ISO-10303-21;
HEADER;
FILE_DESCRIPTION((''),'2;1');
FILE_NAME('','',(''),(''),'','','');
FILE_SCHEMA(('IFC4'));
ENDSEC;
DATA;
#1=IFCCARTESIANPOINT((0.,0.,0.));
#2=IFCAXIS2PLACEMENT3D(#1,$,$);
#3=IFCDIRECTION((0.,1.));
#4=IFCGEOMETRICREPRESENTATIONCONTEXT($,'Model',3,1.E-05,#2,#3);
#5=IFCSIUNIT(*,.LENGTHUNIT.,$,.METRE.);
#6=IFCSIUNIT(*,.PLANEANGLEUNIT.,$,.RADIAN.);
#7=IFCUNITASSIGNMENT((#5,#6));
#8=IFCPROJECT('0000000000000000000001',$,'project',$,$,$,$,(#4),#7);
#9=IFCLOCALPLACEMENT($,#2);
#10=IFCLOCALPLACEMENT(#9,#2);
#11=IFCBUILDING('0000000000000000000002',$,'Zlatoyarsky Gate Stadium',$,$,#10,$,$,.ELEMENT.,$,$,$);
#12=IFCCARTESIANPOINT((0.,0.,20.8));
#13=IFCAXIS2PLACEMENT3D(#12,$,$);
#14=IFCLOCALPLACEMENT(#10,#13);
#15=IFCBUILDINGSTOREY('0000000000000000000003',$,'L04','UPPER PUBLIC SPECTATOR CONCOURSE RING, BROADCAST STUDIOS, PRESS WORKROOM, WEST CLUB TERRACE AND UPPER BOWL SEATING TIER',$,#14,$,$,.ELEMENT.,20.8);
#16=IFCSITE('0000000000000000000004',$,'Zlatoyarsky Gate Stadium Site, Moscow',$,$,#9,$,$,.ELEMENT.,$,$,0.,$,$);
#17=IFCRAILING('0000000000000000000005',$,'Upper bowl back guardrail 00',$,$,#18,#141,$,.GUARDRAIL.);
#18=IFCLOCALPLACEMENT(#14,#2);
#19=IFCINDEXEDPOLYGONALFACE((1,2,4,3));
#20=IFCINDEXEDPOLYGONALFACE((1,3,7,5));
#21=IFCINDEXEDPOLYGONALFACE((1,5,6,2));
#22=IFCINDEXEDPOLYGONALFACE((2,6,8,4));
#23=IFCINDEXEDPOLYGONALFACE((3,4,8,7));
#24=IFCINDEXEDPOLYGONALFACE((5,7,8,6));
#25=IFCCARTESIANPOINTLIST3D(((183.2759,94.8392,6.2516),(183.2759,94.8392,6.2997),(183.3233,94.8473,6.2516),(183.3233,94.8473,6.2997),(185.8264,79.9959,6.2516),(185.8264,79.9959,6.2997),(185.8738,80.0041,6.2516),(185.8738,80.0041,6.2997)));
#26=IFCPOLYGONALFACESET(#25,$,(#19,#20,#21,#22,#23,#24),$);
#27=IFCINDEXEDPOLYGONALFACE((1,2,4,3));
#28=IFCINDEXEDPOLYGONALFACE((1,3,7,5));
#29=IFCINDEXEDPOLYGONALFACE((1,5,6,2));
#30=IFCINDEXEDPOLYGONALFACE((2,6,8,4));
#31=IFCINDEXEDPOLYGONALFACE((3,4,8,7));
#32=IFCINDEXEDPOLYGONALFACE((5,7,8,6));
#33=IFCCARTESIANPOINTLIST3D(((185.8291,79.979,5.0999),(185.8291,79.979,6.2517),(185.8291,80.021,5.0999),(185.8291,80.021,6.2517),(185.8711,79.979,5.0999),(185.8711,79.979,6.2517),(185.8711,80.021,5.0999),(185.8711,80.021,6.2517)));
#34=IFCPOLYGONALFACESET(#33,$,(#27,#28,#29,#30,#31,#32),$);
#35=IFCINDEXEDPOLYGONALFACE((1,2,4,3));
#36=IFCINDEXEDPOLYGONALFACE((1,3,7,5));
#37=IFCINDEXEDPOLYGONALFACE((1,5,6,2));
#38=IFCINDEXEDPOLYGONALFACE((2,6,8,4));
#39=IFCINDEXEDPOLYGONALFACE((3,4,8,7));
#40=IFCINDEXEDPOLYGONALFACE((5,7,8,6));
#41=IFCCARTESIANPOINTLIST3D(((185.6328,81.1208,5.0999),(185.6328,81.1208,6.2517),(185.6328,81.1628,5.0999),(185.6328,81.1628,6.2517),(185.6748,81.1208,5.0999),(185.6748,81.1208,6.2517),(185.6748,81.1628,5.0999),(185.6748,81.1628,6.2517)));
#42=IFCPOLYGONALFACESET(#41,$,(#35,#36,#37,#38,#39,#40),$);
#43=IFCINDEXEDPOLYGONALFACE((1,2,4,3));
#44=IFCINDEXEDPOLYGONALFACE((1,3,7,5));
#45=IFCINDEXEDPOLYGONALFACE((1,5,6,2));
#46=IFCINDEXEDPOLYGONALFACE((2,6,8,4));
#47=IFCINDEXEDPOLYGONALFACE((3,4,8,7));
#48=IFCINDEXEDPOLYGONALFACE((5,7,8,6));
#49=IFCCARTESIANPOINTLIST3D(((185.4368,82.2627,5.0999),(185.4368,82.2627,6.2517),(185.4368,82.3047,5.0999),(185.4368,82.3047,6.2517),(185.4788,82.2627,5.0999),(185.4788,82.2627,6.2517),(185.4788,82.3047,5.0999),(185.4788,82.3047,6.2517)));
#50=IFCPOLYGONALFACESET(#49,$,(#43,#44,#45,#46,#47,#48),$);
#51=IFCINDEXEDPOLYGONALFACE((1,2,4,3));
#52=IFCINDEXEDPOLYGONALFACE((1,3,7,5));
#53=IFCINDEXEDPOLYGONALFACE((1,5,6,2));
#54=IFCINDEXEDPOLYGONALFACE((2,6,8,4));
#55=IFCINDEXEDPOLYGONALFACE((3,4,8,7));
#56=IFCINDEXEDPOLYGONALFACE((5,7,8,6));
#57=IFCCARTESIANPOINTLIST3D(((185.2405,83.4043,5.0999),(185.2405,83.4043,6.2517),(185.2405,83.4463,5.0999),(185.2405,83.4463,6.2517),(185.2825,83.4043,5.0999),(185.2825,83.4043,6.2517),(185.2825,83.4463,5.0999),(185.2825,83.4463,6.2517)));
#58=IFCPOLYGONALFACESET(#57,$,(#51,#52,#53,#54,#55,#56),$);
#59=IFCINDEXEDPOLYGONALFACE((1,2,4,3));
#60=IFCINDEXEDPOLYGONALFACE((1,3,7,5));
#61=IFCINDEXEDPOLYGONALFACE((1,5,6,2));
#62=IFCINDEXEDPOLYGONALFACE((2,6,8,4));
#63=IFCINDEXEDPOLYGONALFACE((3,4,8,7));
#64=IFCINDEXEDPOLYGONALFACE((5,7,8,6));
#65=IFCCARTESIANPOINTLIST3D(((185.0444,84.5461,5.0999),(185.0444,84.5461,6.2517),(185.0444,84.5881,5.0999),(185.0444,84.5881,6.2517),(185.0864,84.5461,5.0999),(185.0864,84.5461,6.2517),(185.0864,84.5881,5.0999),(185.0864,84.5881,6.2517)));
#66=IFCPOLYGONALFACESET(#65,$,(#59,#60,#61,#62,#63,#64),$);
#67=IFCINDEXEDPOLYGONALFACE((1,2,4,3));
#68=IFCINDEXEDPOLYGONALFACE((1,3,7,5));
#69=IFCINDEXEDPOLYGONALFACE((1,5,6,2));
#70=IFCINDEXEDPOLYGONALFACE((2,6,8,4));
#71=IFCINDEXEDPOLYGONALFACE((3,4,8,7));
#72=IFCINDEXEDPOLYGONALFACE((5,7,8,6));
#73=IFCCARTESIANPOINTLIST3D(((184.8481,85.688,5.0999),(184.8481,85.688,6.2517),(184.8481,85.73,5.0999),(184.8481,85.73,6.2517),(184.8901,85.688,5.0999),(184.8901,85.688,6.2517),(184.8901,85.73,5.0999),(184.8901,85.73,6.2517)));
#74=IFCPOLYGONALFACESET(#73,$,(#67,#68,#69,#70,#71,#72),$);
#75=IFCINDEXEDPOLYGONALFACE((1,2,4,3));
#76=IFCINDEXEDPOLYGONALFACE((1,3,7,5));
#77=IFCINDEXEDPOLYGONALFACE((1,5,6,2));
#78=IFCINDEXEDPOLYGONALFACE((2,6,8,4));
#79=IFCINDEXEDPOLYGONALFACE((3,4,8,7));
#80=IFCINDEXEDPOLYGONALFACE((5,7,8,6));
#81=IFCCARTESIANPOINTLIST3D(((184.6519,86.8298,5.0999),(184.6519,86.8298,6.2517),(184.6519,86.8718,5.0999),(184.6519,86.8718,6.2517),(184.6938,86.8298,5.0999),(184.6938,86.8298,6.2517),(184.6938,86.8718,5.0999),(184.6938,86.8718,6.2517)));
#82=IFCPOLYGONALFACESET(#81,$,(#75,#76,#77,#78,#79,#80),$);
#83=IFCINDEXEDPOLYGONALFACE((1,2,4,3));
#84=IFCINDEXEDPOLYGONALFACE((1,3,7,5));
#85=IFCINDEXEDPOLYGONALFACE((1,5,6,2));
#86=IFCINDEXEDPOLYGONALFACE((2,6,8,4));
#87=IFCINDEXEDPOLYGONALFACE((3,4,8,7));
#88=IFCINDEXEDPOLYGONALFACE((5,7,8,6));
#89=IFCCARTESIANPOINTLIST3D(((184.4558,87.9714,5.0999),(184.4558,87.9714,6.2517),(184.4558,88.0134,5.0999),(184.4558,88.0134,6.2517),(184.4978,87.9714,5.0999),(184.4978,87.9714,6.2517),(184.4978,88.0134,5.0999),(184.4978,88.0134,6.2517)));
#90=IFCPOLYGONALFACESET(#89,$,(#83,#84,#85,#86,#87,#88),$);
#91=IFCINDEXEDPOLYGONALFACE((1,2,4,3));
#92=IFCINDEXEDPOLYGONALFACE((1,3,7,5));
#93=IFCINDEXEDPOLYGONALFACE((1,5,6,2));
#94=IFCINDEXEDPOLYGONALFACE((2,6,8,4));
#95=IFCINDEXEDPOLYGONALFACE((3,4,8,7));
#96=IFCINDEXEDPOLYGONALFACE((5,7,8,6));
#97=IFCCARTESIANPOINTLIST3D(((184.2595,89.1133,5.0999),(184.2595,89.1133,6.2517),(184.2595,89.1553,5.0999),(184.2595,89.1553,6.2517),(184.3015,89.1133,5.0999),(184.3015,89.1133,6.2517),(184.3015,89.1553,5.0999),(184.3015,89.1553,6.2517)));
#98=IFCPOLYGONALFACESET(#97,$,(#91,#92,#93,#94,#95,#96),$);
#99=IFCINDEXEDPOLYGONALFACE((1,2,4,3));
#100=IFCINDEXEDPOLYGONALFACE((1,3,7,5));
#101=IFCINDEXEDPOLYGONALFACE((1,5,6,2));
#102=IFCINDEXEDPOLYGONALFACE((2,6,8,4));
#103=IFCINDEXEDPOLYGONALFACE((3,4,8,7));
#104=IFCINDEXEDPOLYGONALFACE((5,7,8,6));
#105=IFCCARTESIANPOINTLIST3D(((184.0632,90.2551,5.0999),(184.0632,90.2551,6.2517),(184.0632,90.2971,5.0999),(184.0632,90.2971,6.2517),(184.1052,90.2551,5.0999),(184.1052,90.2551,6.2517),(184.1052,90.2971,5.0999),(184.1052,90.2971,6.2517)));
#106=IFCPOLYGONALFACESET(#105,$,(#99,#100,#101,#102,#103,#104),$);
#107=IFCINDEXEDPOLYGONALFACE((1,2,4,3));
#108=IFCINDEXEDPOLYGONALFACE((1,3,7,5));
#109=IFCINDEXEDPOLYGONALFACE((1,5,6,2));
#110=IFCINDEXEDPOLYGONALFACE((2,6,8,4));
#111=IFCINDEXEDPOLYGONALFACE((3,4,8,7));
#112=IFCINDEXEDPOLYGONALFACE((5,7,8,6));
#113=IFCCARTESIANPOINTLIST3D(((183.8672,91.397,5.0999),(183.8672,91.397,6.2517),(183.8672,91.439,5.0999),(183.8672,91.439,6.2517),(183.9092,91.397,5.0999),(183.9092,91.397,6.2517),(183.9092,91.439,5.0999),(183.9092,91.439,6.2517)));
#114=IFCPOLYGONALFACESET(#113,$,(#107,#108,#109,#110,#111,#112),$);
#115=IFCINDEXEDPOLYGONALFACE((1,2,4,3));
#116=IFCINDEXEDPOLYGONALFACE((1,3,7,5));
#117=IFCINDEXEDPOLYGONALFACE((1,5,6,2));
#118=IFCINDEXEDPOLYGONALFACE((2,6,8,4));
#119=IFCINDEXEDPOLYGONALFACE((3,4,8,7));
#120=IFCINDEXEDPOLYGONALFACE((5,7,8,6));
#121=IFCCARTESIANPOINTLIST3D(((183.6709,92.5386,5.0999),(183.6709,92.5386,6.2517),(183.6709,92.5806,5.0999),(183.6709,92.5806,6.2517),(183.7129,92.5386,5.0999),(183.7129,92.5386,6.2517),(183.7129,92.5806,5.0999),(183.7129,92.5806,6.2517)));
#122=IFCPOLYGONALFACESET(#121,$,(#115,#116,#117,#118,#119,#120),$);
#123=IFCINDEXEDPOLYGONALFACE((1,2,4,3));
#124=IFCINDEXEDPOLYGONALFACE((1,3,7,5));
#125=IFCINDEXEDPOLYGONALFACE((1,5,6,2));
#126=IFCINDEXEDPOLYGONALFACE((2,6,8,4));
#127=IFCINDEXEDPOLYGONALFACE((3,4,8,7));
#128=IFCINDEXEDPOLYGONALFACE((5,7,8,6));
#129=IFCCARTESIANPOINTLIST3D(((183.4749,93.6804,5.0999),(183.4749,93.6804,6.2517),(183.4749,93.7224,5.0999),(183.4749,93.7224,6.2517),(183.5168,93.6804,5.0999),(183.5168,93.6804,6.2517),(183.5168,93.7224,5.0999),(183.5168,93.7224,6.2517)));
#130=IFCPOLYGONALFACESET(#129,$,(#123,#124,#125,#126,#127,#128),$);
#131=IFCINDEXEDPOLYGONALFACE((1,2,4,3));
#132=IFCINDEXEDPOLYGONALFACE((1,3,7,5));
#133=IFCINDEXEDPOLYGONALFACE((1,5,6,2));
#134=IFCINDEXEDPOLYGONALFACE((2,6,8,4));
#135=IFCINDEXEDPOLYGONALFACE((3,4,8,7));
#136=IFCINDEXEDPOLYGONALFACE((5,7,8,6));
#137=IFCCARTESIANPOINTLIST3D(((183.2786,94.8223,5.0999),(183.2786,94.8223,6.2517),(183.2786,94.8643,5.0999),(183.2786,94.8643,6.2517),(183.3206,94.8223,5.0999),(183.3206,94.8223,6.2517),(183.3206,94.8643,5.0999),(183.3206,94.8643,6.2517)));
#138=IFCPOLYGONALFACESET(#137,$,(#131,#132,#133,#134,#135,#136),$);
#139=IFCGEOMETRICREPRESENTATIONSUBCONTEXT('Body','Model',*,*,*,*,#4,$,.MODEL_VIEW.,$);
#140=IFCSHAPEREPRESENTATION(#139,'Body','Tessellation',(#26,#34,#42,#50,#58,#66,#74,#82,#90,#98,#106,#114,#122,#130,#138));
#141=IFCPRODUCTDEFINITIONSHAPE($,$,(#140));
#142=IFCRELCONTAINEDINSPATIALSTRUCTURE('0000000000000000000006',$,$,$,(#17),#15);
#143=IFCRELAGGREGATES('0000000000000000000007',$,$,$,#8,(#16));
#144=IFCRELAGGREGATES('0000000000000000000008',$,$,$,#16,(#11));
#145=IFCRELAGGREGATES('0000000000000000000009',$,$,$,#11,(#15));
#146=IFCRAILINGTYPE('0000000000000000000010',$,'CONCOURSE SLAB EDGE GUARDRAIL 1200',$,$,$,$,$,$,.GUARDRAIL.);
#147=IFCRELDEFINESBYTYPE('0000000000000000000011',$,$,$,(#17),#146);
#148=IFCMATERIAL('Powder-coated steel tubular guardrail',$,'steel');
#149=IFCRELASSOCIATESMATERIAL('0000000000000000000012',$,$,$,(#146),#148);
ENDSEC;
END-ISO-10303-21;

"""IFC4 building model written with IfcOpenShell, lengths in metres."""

from ifc_helpers import new_model, si_unit, direction, frame, origin, origin_2d, place, context, subcontext, project, spatial, rectangle, extrude, material, type_object, element, save


model = new_model("IFC4")

# Units and contexts
model_context = context("Model", 3, precision=1e-05, world=origin(), true_north=direction((0.0, 1.0)))
body_context = subcontext(model_context, "Body", "Model", "MODEL_VIEW")
ifc_project = project(units=[si_unit("LENGTHUNIT", "METRE"), si_unit("PLANEANGLEUNIT", "RADIAN")], contexts=[model_context])

# Site, building, storey
site_placement = place(None, origin())
site = spatial("IfcSite", under=ifc_project, at=site_placement, Name="Zlatoyarsky Gate Stadium Site, Moscow", CompositionType="ELEMENT", RefElevation=0.0)
building_placement = place(site_placement, origin())
building = spatial("IfcBuilding", under=site, at=building_placement, Name="Zlatoyarsky Gate Stadium", CompositionType="ELEMENT")
storey_placement = place(building_placement, frame((0.0, 0.0, 20.8)))
storey = spatial("IfcBuildingStorey", under=building, at=storey_placement, Name="L04", Description="UPPER PUBLIC SPECTATOR CONCOURSE RING, BROADCAST STUDIOS, PRESS WORKROOM, WEST CLUB TERRACE AND UPPER BOWL SEATING TIER", CompositionType="ELEMENT", Elevation=20.8)

# Railing
ifc_material_1 = material(Name="Powder-coated steel tubular guardrail", Category="steel")
railing_type_1 = type_object("IfcRailingType", Name="CONCOURSE SLAB EDGE GUARDRAIL 1200", PredefinedType="GUARDRAIL", material=ifc_material_1)
railing_1_placement = place(storey_placement, frame((185.8501, 80.0, 5.0999)))
element("IfcRailing", 1, at=railing_1_placement, inside=storey, type_object=railing_type_1, Name="Upper bowl back guardrail 00", PredefinedType="GUARDRAIL", context=body_context, shape_type="SweptSolid", body=[
    extrude(rectangle(XDim=0.0481, YDim=0.0481, at=origin_2d()), frame((0.0, 0.0, 1.1758), z_axis=(-0.169349, 0.985556, 0.0), x_axis=(-0.985556, -0.169349, 0.0)), (0.0, 0.0, 1.0), 15.0608),
    extrude(rectangle(XDim=0.042, YDim=0.042, at=origin_2d()), origin(), (0.0, 0.0, 1.0), 1.1519),
    extrude(rectangle(XDim=0.042, YDim=0.042, at=origin_2d()), frame((-0.1963, 1.1418, 0.0)), (0.0, 0.0, 1.0), 1.1519),
    extrude(rectangle(XDim=0.042, YDim=0.042, at=origin_2d()), frame((-0.3923, 2.2837, 0.0)), (0.0, 0.0, 1.0), 1.1519),
    extrude(rectangle(XDim=0.042, YDim=0.042, at=origin_2d()), frame((-0.5886, 3.4253, 0.0)), (0.0, 0.0, 1.0), 1.1519),
    extrude(rectangle(XDim=0.042, YDim=0.042, at=origin_2d()), frame((-0.7847, 4.5671, 0.0)), (0.0, 0.0, 1.0), 1.1519),
    extrude(rectangle(XDim=0.042, YDim=0.042, at=origin_2d()), frame((-0.981, 5.709, 0.0)), (0.0, 0.0, 1.0), 1.1519),
    extrude(rectangle(XDim=0.042, YDim=0.042, at=origin_2d()), frame((-1.1772, 6.8508, 0.0)), (0.0, 0.0, 1.0), 1.1519),
    extrude(rectangle(XDim=0.042, YDim=0.042, at=origin_2d()), frame((-1.3733, 7.9924, 0.0)), (0.0, 0.0, 1.0), 1.1519),
    extrude(rectangle(XDim=0.042, YDim=0.042, at=origin_2d()), frame((-1.5696, 9.1343, 0.0)), (0.0, 0.0, 1.0), 1.1519),
    extrude(rectangle(XDim=0.042, YDim=0.042, at=origin_2d()), frame((-1.7659, 10.2761, 0.0)), (0.0, 0.0, 1.0), 1.1519),
    extrude(rectangle(XDim=0.042, YDim=0.042, at=origin_2d()), frame((-1.9619, 11.418, 0.0)), (0.0, 0.0, 1.0), 1.1519),
    extrude(rectangle(XDim=0.042, YDim=0.042, at=origin_2d()), frame((-2.1582, 12.5596, 0.0)), (0.0, 0.0, 1.0), 1.1519),
    extrude(rectangle(XDim=0.042, YDim=0.042, at=origin_2d()), frame((-2.3542, 13.7014, 0.0)), (0.0, 0.0, 1.0), 1.1519),
    extrude(rectangle(XDim=0.042, YDim=0.042, at=origin_2d()), frame((-2.5505, 14.8433, 0.0)), (0.0, 0.0, 1.0), 1.1519),
])

save(model, "model.ifc")
